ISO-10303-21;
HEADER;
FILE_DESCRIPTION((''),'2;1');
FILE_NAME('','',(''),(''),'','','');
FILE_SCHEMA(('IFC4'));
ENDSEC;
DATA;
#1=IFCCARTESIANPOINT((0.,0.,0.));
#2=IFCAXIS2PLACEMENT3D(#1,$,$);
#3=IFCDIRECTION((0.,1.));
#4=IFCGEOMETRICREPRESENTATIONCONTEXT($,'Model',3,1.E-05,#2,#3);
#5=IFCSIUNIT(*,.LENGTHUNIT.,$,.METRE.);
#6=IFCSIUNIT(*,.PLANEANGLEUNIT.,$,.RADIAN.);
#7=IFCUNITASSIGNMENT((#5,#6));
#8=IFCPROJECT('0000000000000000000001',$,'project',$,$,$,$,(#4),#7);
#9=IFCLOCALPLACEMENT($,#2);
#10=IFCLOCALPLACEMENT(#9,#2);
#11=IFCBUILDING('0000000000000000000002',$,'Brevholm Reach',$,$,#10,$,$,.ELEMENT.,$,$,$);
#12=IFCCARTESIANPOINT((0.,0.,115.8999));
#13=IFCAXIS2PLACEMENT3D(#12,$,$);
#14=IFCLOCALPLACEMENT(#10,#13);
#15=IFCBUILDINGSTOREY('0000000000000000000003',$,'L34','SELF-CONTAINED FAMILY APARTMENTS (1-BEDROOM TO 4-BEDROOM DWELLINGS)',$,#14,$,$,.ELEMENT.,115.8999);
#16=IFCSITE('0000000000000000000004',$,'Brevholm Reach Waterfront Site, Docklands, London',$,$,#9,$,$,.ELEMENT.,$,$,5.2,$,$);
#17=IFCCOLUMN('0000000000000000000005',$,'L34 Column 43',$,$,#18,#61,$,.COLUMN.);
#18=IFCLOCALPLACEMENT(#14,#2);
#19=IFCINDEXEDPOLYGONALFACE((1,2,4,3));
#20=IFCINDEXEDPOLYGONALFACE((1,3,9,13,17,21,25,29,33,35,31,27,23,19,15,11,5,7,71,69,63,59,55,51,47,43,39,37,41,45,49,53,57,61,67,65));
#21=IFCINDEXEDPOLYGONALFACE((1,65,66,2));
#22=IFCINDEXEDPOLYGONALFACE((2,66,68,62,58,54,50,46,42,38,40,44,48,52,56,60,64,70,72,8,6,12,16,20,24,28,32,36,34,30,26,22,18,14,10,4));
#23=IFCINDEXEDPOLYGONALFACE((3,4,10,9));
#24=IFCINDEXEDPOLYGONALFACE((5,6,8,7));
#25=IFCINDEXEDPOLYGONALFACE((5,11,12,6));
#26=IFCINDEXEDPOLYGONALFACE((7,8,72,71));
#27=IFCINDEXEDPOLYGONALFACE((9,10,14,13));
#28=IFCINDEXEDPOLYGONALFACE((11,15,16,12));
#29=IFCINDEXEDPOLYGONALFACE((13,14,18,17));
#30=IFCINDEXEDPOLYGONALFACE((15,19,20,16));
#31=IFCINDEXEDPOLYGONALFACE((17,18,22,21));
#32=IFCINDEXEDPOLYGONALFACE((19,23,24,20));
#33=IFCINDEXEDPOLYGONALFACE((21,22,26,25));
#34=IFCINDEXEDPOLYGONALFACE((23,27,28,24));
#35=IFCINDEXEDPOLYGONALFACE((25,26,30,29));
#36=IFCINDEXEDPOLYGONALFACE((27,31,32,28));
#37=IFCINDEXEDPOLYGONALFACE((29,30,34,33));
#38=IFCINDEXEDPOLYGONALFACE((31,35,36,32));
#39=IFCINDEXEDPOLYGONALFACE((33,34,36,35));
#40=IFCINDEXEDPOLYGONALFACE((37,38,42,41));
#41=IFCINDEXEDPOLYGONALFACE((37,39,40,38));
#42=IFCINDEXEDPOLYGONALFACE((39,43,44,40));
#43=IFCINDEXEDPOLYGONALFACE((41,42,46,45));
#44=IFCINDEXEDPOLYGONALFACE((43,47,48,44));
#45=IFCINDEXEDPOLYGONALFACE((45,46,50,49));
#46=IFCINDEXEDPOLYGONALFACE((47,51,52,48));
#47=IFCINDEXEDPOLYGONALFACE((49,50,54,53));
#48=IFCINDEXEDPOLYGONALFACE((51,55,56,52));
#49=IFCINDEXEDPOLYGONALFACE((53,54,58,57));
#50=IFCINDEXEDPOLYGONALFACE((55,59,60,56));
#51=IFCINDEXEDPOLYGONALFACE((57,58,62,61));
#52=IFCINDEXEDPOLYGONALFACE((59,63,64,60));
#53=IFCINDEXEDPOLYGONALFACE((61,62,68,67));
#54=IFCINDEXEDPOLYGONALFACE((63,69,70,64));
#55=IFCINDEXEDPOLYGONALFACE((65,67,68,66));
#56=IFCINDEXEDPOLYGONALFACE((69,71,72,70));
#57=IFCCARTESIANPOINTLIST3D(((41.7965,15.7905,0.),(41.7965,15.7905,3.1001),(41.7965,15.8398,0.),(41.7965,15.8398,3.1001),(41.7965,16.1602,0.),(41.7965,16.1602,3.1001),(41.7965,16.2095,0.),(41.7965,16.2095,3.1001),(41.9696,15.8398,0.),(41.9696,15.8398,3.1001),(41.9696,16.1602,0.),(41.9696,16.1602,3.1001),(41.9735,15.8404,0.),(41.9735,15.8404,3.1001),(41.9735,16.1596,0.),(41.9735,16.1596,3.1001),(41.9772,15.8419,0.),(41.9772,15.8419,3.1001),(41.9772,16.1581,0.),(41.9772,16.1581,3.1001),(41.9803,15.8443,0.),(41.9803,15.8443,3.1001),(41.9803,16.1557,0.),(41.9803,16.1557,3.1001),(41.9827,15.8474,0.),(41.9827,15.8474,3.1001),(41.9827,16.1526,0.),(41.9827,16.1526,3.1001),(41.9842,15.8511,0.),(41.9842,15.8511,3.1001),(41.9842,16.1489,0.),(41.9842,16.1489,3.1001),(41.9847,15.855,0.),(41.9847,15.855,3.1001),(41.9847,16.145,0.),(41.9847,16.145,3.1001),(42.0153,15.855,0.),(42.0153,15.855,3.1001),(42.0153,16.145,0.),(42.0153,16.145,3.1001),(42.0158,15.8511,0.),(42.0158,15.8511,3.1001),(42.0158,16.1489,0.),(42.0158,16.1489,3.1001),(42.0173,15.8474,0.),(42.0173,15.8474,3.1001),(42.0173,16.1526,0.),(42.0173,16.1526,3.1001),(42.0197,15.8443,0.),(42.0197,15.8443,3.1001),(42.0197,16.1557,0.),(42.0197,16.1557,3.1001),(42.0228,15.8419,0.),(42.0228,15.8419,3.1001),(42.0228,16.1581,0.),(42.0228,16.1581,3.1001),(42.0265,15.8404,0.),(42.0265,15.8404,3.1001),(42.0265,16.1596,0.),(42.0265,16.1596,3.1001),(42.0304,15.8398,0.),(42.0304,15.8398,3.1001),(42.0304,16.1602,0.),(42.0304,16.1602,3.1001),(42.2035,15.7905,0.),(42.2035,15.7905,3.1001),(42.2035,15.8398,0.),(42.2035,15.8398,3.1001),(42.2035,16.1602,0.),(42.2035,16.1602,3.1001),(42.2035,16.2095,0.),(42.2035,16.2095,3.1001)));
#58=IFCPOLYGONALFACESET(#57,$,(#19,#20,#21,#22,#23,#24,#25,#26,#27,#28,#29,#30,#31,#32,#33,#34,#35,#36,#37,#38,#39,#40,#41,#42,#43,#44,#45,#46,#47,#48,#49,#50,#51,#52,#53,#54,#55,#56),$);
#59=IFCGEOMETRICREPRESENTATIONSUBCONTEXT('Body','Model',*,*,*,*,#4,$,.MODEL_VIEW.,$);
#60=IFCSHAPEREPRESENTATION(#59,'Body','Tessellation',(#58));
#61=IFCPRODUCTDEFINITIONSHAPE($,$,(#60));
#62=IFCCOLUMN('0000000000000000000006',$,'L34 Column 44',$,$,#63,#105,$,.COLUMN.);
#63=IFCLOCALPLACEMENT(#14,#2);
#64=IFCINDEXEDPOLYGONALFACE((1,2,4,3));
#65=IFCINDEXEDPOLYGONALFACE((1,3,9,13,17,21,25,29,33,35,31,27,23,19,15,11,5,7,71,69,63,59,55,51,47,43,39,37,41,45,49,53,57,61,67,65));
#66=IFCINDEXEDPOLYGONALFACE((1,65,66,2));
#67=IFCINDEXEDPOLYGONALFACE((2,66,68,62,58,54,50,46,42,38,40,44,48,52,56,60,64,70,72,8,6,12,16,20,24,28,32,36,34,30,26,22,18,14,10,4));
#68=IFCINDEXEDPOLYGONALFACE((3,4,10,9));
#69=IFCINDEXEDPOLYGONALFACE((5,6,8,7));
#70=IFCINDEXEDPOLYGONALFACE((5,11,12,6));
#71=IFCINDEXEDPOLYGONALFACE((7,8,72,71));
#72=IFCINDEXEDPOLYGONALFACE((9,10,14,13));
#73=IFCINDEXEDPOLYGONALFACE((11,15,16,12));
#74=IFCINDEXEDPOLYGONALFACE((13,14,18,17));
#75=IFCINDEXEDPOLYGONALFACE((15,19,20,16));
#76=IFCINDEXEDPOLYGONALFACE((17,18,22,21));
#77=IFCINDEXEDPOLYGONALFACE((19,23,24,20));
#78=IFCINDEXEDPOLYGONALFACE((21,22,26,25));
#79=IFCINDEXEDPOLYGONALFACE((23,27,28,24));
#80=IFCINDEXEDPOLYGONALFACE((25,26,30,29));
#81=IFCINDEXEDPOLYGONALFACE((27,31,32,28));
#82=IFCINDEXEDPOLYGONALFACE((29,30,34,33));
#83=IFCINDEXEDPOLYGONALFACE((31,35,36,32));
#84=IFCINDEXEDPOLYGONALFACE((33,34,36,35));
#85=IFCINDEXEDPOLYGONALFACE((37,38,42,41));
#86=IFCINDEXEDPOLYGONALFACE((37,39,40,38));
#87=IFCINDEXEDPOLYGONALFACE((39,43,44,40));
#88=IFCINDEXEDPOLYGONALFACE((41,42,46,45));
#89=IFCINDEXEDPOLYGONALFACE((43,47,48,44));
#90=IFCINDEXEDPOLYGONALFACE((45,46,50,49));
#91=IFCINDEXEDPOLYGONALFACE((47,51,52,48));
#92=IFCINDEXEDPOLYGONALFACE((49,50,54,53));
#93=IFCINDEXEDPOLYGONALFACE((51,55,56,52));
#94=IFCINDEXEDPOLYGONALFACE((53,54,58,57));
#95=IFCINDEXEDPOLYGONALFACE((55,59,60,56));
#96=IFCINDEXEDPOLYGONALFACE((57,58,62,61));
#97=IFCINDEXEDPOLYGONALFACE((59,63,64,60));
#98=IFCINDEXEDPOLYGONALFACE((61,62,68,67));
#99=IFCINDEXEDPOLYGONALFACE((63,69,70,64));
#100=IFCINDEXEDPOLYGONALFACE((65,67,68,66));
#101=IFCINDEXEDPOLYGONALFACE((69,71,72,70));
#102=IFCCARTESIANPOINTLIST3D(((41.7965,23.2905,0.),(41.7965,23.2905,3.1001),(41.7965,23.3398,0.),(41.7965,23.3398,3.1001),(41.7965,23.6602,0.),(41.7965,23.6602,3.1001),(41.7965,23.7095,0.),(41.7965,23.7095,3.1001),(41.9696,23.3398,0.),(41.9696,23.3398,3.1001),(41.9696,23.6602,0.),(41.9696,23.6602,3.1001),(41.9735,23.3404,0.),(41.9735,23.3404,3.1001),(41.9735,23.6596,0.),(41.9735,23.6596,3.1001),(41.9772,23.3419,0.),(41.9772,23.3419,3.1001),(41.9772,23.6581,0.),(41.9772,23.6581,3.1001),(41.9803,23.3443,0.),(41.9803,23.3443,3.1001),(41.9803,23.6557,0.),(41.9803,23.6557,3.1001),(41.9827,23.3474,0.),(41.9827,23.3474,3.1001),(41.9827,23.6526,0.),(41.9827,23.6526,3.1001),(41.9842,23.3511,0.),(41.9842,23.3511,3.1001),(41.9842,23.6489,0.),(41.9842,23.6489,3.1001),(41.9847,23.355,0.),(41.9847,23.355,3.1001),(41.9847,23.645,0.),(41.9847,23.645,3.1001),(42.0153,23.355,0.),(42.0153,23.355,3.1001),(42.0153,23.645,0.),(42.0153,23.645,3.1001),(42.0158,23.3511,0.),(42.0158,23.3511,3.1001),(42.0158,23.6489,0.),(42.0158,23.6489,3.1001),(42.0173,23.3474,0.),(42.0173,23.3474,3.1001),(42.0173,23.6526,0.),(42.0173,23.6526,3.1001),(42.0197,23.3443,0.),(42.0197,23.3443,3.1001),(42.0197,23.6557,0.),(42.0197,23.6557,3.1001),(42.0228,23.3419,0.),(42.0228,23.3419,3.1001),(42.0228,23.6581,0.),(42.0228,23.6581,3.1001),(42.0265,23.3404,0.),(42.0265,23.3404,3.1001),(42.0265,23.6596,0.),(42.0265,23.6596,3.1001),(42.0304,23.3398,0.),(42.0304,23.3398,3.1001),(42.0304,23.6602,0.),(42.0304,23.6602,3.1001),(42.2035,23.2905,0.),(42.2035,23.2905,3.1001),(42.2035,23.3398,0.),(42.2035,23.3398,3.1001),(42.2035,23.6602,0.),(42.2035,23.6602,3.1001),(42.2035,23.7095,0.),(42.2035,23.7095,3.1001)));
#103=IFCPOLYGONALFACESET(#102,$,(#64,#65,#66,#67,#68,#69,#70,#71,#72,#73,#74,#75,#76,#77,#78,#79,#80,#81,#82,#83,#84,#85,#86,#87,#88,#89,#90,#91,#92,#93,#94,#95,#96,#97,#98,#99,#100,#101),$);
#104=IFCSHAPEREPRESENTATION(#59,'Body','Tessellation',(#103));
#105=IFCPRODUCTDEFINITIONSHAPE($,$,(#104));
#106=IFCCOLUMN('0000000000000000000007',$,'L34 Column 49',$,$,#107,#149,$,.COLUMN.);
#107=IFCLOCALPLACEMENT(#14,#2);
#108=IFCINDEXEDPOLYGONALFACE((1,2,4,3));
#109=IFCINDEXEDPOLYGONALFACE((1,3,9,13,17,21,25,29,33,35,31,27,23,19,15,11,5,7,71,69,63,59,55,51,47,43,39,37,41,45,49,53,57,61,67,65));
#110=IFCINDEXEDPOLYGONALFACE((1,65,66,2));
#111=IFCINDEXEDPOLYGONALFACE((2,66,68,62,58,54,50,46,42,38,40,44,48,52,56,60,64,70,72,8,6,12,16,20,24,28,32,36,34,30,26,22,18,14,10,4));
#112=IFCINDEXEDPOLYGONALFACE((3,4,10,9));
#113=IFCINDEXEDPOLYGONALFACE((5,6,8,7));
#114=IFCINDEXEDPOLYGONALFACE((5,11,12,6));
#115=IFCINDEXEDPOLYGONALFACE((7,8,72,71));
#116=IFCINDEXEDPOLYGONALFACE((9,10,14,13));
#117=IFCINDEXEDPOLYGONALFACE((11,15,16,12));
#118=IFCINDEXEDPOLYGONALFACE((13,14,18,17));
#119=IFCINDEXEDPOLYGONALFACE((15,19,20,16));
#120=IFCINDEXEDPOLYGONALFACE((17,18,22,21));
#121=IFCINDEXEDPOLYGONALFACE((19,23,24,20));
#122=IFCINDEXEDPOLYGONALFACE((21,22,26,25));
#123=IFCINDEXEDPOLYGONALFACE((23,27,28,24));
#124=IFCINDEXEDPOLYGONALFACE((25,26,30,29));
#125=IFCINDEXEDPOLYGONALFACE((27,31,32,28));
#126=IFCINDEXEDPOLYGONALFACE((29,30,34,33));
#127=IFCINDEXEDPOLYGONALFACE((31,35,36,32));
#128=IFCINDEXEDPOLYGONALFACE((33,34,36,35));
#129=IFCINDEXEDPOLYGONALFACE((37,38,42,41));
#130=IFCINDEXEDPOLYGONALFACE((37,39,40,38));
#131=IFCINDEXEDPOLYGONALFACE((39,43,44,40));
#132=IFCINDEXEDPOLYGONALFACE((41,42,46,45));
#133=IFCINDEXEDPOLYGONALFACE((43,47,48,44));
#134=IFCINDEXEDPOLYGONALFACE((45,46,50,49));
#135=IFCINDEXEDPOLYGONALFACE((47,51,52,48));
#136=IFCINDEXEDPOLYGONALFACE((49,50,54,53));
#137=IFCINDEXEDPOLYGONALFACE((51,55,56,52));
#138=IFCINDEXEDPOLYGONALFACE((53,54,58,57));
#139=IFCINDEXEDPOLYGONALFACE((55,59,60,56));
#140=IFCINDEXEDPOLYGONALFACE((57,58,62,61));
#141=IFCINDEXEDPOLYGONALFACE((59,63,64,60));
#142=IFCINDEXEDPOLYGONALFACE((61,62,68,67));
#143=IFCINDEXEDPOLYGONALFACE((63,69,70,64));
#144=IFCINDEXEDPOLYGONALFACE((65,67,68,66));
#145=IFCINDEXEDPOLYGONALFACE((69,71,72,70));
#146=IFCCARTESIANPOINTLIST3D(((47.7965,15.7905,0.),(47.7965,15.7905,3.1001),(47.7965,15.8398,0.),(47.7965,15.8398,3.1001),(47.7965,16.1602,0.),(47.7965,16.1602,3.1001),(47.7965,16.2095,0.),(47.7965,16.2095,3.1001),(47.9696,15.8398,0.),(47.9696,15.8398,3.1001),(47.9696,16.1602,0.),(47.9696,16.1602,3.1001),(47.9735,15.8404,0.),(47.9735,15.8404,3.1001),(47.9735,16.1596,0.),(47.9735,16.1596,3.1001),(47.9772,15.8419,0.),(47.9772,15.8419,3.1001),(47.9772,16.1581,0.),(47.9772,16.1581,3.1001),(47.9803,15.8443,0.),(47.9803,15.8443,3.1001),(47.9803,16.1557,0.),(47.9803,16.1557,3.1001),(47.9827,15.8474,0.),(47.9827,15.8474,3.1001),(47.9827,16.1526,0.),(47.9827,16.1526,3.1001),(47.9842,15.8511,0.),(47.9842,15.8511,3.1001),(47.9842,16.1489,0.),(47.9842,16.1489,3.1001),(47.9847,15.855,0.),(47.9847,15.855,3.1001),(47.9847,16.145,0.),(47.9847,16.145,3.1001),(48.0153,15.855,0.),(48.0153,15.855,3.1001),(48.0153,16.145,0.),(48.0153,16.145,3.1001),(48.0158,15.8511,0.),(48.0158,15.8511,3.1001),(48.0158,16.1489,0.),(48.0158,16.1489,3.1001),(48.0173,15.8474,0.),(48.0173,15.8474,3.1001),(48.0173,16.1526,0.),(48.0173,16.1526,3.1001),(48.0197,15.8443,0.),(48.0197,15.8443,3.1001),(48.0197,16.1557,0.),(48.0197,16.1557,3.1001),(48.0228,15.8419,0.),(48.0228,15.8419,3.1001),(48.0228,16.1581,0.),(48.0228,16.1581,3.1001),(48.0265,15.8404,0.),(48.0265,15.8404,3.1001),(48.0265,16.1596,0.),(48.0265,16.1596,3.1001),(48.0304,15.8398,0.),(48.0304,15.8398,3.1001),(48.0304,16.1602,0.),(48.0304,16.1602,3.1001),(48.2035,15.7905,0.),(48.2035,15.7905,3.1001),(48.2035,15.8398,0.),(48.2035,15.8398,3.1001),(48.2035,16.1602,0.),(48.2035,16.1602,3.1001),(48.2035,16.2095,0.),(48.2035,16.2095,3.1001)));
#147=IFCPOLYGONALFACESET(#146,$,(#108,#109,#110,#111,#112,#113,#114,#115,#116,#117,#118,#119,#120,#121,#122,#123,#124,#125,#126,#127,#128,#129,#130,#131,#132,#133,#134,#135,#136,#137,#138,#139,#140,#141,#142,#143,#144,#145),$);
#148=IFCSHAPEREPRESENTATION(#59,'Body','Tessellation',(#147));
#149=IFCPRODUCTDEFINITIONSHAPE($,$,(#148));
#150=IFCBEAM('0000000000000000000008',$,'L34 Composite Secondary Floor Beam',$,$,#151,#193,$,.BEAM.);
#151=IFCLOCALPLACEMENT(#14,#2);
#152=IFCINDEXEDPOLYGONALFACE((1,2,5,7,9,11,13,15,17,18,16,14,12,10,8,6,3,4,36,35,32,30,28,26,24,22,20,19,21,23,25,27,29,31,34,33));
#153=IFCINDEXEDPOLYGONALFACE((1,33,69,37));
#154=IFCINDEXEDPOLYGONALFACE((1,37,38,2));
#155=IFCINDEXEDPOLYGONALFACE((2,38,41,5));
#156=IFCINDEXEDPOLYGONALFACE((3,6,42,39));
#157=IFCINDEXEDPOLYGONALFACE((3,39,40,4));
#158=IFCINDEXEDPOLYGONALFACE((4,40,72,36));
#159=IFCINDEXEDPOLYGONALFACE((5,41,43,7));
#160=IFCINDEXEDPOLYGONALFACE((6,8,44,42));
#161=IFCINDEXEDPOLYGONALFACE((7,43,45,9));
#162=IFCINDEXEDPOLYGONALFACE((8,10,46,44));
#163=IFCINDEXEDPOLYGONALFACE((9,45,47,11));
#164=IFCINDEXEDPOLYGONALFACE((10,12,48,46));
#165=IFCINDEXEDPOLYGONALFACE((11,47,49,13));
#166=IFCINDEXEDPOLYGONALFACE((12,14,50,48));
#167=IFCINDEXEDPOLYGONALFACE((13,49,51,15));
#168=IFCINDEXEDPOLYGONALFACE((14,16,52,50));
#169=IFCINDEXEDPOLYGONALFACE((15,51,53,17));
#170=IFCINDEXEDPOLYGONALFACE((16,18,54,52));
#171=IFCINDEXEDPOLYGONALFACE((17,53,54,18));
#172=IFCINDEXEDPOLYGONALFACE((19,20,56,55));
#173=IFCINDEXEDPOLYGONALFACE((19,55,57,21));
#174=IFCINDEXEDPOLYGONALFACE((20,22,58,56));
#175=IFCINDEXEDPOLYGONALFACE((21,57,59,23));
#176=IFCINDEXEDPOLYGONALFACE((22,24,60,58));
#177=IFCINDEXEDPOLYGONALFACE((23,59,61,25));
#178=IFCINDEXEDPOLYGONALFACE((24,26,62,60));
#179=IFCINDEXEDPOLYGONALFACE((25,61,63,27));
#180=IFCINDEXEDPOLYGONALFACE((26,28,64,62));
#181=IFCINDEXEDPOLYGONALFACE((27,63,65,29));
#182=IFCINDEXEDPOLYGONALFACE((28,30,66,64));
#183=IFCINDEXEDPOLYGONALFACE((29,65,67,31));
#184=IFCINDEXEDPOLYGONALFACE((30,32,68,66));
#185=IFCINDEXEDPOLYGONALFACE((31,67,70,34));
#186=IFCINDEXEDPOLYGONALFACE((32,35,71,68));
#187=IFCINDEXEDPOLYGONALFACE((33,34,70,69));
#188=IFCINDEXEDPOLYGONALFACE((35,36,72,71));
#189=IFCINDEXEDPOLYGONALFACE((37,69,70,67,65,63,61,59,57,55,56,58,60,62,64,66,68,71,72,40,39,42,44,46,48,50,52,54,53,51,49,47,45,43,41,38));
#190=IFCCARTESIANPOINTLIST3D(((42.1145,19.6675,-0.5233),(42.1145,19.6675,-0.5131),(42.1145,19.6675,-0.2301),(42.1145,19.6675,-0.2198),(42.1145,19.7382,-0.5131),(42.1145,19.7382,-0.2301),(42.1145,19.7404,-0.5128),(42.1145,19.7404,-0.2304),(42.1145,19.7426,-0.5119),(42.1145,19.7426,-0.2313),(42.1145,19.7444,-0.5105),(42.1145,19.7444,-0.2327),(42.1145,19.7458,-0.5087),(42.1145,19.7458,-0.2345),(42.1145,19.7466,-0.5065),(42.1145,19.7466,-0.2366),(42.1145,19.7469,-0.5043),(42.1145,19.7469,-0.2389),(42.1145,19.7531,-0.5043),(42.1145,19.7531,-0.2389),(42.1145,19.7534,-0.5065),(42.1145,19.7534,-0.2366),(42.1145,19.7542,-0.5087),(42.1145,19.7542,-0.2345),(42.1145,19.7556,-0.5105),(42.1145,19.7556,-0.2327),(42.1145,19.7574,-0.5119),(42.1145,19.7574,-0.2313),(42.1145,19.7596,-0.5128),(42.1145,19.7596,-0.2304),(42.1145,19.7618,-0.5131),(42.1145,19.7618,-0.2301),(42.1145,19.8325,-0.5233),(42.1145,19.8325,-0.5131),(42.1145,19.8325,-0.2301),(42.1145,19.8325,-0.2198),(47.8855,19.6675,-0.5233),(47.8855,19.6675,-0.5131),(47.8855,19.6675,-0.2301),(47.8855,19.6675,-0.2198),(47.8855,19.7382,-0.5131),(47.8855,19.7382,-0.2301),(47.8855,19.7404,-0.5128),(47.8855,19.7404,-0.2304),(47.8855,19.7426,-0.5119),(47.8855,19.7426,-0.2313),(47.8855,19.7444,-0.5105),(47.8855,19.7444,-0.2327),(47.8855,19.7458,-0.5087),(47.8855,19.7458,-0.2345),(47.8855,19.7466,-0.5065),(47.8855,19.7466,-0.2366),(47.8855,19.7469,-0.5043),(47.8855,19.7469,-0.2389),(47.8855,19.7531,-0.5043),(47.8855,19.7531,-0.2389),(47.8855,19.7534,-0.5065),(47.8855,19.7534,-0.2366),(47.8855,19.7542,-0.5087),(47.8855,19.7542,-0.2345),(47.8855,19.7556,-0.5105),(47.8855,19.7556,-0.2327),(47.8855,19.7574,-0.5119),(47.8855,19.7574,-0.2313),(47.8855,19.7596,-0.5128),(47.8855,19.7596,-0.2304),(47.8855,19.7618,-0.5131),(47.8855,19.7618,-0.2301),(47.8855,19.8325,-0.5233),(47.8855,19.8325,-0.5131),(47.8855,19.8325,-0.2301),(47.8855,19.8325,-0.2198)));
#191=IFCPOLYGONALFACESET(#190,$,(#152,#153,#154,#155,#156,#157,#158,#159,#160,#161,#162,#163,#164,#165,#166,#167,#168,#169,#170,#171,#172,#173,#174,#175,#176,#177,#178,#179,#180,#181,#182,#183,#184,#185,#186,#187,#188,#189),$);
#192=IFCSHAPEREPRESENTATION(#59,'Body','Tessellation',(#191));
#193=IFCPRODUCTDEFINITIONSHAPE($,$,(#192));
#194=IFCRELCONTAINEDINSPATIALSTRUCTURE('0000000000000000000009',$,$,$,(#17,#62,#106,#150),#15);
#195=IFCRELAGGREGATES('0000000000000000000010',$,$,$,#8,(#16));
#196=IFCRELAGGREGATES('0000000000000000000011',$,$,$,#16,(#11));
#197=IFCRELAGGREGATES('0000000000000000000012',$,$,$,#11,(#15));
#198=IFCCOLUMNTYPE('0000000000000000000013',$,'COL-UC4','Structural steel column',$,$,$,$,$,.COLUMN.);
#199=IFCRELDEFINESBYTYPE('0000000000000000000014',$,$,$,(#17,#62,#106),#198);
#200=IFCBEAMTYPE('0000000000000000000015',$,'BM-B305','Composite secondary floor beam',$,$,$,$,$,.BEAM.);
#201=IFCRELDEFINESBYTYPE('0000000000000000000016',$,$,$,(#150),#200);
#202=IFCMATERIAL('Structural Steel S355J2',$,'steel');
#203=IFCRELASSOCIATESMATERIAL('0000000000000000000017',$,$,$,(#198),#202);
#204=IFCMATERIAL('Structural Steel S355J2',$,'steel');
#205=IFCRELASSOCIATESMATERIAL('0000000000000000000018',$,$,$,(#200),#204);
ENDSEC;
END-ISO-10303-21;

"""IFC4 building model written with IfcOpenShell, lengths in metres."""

from ifc_helpers import new_model, si_unit, direction, frame, origin, origin_2d, place, context, subcontext, project, spatial, i_section, extrude, material, material_profile, profile_set, type_object, element, save


model = new_model("IFC4")

# Units and contexts
model_context = context("Model", 3, precision=1e-05, world=origin(), true_north=direction((0.0, 1.0)))
body_context = subcontext(model_context, "Body", "Model", "MODEL_VIEW")
ifc_project = project(units=[si_unit("LENGTHUNIT", "METRE"), si_unit("PLANEANGLEUNIT", "RADIAN")], contexts=[model_context])

# Site, building, storey
site_placement = place(None, origin())
site = spatial("IfcSite", under=ifc_project, at=site_placement, Name="Brevholm Reach Waterfront Site, Docklands, London", CompositionType="ELEMENT", RefElevation=5.2)
building_placement = place(site_placement, origin())
building = spatial("IfcBuilding", under=site, at=building_placement, Name="Brevholm Reach", CompositionType="ELEMENT")
storey_placement = place(building_placement, frame((0.0, 0.0, 115.8999)))
storey = spatial("IfcBuildingStorey", under=building, at=storey_placement, Name="L34", Description="SELF-CONTAINED FAMILY APARTMENTS (1-BEDROOM TO 4-BEDROOM DWELLINGS)", CompositionType="ELEMENT", Elevation=115.8999)

# Columns
ifc_material_1 = material(Name="Structural Steel S355J2", Category="steel")
ifc_material_profile_1 = material_profile(ifc_material_1, i_section(OverallWidth=0.407, OverallDepth=0.4189, WebThickness=0.0305, FlangeThickness=0.0493, FilletRadius=0.0151, at=origin_2d()), Name="UKC 356x406x393")
ifc_profile_set_1 = profile_set([ifc_material_profile_1], Name="Structural Steel S355J2")
column_type = type_object("IfcColumnType", Name="COL-UC4", Description="Structural steel column", PredefinedType="COLUMN", material=ifc_profile_set_1)
for number, where, z_axis, x_axis, name in (
    (1, (42.0, 16.0, 0.0), (0.0, 0.0, 1.0), (1.0, 0.0, 0.0), "L34 Column 43"),
    (2, (42.0, 23.5, 0.0), (0.0, 0.0, 1.0), (1.0, 0.0, 0.0), "L34 Column 44"),
    (3, (48.0, 16.0, 0.0), (0.0, 0.0, 1.0), (1.0, 0.0, 0.0), "L34 Column 49"),
):
    element("IfcColumn", number, at=place(storey_placement, frame(where, z_axis=z_axis, x_axis=x_axis)), inside=storey, type_object=column_type, Name=name, PredefinedType="COLUMN", context=body_context, shape_type="SweptSolid", body=[
        extrude(i_section(OverallWidth=0.407, OverallDepth=0.4189, WebThickness=0.0305, FlangeThickness=0.0493, FilletRadius=0.0151, at=origin_2d()), origin(), (0.0, 0.0, 1.0), 3.1001),
    ])

# Beam
ifc_material_2 = material(Name="Structural Steel S355J2", Category="steel")
ifc_material_profile_2 = material_profile(ifc_material_2, i_section(OverallWidth=0.165, OverallDepth=0.3035, WebThickness=0.0061, FlangeThickness=0.0103, FilletRadius=0.0088, at=origin_2d()), Name="UKB 305x165x40")
ifc_profile_set_2 = profile_set([ifc_material_profile_2], Name="Structural Steel S355J2")
beam_type_1 = type_object("IfcBeamType", Name="BM-B305", Description="Composite secondary floor beam", PredefinedType="BEAM", material=ifc_profile_set_2)
for number, where, z_axis, x_axis, name in (
    (4, (42.1145, 19.75, -0.3716), (1.0, 0.0, 0.0), (0.0, 1.0, 0.0), "L34 Composite Secondary Floor Beam"),
):
    element("IfcBeam", number, at=place(storey_placement, frame(where, z_axis=z_axis, x_axis=x_axis)), inside=storey, type_object=beam_type_1, Name=name, PredefinedType="BEAM", context=body_context, shape_type="SweptSolid", body=[
        extrude(i_section(OverallWidth=0.165, OverallDepth=0.3035, WebThickness=0.0061, FlangeThickness=0.0103, FilletRadius=0.0088, at=origin_2d()), origin(), (0.0, 0.0, 1.0), 5.771),
    ])

save(model, "model.ifc")
